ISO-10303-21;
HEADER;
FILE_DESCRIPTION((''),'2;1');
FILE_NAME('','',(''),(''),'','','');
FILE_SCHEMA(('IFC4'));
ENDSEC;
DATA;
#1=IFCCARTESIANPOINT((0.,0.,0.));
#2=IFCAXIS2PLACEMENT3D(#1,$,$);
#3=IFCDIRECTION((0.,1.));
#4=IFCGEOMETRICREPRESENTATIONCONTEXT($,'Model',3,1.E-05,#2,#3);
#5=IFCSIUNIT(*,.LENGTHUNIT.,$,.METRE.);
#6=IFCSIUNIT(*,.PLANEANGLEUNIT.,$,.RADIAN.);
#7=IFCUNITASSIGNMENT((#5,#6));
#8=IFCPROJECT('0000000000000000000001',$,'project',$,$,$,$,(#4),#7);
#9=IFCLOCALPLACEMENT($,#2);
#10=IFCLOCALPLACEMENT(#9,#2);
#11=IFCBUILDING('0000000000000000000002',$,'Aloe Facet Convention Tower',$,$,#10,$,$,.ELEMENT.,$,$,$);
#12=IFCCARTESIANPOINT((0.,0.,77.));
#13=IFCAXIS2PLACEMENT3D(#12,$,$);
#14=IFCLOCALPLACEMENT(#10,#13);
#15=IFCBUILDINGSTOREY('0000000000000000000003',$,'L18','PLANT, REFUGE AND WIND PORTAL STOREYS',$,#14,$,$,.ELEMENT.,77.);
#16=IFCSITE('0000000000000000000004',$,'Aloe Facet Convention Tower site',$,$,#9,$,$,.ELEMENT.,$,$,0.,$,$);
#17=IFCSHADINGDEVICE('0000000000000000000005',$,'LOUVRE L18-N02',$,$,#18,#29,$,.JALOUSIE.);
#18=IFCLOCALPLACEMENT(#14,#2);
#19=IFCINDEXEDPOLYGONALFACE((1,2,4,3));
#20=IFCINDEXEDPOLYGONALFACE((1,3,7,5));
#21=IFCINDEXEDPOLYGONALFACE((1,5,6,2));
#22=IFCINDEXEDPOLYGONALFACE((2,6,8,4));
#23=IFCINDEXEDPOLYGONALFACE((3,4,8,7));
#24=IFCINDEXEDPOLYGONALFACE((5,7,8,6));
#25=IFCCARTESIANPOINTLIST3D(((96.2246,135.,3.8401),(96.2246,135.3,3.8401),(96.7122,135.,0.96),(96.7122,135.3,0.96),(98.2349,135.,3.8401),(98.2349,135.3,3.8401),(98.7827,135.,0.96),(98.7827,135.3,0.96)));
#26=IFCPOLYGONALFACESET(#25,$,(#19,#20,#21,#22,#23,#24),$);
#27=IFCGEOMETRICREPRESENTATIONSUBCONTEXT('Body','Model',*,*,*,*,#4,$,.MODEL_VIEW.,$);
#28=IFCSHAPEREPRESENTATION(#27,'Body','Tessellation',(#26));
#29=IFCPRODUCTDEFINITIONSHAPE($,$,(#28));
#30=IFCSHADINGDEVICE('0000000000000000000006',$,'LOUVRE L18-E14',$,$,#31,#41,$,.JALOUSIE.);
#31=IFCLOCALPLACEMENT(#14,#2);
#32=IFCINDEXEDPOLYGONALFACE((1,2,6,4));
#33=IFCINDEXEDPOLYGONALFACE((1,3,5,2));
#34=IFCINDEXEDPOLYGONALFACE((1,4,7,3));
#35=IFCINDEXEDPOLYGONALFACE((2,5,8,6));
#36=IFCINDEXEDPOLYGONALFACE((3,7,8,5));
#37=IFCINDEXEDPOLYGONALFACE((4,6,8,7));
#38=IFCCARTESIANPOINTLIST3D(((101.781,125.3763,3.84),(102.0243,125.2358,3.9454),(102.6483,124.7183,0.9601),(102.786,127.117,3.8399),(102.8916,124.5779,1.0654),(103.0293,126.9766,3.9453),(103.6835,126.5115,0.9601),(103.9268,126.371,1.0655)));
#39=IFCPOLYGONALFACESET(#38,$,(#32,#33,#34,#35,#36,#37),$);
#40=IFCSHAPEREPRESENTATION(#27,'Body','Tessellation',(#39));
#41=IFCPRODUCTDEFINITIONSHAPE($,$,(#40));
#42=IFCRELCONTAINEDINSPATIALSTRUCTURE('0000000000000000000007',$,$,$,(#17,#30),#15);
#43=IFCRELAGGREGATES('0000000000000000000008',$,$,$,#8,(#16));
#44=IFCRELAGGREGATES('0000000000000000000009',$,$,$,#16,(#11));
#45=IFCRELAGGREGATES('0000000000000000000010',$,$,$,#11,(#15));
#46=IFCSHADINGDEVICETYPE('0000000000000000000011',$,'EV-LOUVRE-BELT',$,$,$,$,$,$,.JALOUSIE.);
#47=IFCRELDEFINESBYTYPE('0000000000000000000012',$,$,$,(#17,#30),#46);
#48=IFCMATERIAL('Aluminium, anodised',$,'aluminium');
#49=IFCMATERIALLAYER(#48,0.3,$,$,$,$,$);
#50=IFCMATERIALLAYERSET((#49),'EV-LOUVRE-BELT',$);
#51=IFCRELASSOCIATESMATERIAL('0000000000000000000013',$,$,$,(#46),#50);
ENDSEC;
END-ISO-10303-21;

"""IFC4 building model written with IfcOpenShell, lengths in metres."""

from ifc_helpers import new_model, si_unit, direction, frame, origin, place, context, subcontext, project, spatial, polyline, outline, extrude, material, layer, layer_set, type_object, element, save


model = new_model("IFC4")

# Units and contexts
model_context = context("Model", 3, precision=1e-05, world=origin(), true_north=direction((0.0, 1.0)))
body_context = subcontext(model_context, "Body", "Model", "MODEL_VIEW")
ifc_project = project(units=[si_unit("LENGTHUNIT", "METRE"), si_unit("PLANEANGLEUNIT", "RADIAN")], contexts=[model_context])

# Site, building, storey
site_placement = place(None, origin())
site = spatial("IfcSite", under=ifc_project, at=site_placement, Name="Aloe Facet Convention Tower site", CompositionType="ELEMENT", RefElevation=0.0)
building_placement = place(site_placement, origin())
building = spatial("IfcBuilding", under=site, at=building_placement, Name="Aloe Facet Convention Tower", CompositionType="ELEMENT")
storey_placement = place(building_placement, frame((0.0, 0.0, 77.0)))
storey = spatial("IfcBuildingStorey", under=building, at=storey_placement, Name="L18", Description="PLANT, REFUGE AND WIND PORTAL STOREYS", CompositionType="ELEMENT", Elevation=77.0)

# Shading devices
ifc_material_1 = material(Name="Aluminium, anodised", Category="aluminium")
ifc_layer_1 = layer(ifc_material_1, 0.3)
ifc_layer_set_1 = layer_set([ifc_layer_1], Name="EV-LOUVRE-BELT")
shading_device_type = type_object("IfcShadingDeviceType", Name="EV-LOUVRE-BELT", PredefinedType="JALOUSIE", material=ifc_layer_set_1)
shading_device_1_placement = place(storey_placement, frame((98.7827, 135.3, 0.96), z_axis=(0.0, 1.0, 0.0), x_axis=(-1.0, 0.0, 0.0)))
element("IfcShadingDevice", 1, at=shading_device_1_placement, inside=storey, type_object=shading_device_type, Name="LOUVRE L18-N02", PredefinedType="JALOUSIE", context=body_context, shape_type="SweptSolid", body=[
    extrude(outline(polyline([(0.0, 0.0), (2.0706, 0.0), (2.5581, 2.8801), (0.5479, 2.8801), (0.0, 0.0)])), origin(), (0.0, 0.0, -1.0), 0.3),
])
shading_device_2_placement = place(storey_placement, frame((102.8916, 124.5779, 1.0654), z_axis=(0.810877, -0.468152, 0.351158), x_axis=(0.499987, 0.866033, 0.000019)))
element("IfcShadingDevice", 2, at=shading_device_2_placement, inside=storey, type_object=shading_device_type, Name="LOUVRE L18-E14", PredefinedType="JALOUSIE", context=body_context, shape_type="SweptSolid", body=[
    extrude(outline(polyline([(0.0, 0.0), (2.0705, 0.0), (2.1462, 3.0757), (0.1362, 3.0758), (0.0, 0.0)])), origin(), (0.0, 0.0, -1.0), 0.3),
])

save(model, "model.ifc")
